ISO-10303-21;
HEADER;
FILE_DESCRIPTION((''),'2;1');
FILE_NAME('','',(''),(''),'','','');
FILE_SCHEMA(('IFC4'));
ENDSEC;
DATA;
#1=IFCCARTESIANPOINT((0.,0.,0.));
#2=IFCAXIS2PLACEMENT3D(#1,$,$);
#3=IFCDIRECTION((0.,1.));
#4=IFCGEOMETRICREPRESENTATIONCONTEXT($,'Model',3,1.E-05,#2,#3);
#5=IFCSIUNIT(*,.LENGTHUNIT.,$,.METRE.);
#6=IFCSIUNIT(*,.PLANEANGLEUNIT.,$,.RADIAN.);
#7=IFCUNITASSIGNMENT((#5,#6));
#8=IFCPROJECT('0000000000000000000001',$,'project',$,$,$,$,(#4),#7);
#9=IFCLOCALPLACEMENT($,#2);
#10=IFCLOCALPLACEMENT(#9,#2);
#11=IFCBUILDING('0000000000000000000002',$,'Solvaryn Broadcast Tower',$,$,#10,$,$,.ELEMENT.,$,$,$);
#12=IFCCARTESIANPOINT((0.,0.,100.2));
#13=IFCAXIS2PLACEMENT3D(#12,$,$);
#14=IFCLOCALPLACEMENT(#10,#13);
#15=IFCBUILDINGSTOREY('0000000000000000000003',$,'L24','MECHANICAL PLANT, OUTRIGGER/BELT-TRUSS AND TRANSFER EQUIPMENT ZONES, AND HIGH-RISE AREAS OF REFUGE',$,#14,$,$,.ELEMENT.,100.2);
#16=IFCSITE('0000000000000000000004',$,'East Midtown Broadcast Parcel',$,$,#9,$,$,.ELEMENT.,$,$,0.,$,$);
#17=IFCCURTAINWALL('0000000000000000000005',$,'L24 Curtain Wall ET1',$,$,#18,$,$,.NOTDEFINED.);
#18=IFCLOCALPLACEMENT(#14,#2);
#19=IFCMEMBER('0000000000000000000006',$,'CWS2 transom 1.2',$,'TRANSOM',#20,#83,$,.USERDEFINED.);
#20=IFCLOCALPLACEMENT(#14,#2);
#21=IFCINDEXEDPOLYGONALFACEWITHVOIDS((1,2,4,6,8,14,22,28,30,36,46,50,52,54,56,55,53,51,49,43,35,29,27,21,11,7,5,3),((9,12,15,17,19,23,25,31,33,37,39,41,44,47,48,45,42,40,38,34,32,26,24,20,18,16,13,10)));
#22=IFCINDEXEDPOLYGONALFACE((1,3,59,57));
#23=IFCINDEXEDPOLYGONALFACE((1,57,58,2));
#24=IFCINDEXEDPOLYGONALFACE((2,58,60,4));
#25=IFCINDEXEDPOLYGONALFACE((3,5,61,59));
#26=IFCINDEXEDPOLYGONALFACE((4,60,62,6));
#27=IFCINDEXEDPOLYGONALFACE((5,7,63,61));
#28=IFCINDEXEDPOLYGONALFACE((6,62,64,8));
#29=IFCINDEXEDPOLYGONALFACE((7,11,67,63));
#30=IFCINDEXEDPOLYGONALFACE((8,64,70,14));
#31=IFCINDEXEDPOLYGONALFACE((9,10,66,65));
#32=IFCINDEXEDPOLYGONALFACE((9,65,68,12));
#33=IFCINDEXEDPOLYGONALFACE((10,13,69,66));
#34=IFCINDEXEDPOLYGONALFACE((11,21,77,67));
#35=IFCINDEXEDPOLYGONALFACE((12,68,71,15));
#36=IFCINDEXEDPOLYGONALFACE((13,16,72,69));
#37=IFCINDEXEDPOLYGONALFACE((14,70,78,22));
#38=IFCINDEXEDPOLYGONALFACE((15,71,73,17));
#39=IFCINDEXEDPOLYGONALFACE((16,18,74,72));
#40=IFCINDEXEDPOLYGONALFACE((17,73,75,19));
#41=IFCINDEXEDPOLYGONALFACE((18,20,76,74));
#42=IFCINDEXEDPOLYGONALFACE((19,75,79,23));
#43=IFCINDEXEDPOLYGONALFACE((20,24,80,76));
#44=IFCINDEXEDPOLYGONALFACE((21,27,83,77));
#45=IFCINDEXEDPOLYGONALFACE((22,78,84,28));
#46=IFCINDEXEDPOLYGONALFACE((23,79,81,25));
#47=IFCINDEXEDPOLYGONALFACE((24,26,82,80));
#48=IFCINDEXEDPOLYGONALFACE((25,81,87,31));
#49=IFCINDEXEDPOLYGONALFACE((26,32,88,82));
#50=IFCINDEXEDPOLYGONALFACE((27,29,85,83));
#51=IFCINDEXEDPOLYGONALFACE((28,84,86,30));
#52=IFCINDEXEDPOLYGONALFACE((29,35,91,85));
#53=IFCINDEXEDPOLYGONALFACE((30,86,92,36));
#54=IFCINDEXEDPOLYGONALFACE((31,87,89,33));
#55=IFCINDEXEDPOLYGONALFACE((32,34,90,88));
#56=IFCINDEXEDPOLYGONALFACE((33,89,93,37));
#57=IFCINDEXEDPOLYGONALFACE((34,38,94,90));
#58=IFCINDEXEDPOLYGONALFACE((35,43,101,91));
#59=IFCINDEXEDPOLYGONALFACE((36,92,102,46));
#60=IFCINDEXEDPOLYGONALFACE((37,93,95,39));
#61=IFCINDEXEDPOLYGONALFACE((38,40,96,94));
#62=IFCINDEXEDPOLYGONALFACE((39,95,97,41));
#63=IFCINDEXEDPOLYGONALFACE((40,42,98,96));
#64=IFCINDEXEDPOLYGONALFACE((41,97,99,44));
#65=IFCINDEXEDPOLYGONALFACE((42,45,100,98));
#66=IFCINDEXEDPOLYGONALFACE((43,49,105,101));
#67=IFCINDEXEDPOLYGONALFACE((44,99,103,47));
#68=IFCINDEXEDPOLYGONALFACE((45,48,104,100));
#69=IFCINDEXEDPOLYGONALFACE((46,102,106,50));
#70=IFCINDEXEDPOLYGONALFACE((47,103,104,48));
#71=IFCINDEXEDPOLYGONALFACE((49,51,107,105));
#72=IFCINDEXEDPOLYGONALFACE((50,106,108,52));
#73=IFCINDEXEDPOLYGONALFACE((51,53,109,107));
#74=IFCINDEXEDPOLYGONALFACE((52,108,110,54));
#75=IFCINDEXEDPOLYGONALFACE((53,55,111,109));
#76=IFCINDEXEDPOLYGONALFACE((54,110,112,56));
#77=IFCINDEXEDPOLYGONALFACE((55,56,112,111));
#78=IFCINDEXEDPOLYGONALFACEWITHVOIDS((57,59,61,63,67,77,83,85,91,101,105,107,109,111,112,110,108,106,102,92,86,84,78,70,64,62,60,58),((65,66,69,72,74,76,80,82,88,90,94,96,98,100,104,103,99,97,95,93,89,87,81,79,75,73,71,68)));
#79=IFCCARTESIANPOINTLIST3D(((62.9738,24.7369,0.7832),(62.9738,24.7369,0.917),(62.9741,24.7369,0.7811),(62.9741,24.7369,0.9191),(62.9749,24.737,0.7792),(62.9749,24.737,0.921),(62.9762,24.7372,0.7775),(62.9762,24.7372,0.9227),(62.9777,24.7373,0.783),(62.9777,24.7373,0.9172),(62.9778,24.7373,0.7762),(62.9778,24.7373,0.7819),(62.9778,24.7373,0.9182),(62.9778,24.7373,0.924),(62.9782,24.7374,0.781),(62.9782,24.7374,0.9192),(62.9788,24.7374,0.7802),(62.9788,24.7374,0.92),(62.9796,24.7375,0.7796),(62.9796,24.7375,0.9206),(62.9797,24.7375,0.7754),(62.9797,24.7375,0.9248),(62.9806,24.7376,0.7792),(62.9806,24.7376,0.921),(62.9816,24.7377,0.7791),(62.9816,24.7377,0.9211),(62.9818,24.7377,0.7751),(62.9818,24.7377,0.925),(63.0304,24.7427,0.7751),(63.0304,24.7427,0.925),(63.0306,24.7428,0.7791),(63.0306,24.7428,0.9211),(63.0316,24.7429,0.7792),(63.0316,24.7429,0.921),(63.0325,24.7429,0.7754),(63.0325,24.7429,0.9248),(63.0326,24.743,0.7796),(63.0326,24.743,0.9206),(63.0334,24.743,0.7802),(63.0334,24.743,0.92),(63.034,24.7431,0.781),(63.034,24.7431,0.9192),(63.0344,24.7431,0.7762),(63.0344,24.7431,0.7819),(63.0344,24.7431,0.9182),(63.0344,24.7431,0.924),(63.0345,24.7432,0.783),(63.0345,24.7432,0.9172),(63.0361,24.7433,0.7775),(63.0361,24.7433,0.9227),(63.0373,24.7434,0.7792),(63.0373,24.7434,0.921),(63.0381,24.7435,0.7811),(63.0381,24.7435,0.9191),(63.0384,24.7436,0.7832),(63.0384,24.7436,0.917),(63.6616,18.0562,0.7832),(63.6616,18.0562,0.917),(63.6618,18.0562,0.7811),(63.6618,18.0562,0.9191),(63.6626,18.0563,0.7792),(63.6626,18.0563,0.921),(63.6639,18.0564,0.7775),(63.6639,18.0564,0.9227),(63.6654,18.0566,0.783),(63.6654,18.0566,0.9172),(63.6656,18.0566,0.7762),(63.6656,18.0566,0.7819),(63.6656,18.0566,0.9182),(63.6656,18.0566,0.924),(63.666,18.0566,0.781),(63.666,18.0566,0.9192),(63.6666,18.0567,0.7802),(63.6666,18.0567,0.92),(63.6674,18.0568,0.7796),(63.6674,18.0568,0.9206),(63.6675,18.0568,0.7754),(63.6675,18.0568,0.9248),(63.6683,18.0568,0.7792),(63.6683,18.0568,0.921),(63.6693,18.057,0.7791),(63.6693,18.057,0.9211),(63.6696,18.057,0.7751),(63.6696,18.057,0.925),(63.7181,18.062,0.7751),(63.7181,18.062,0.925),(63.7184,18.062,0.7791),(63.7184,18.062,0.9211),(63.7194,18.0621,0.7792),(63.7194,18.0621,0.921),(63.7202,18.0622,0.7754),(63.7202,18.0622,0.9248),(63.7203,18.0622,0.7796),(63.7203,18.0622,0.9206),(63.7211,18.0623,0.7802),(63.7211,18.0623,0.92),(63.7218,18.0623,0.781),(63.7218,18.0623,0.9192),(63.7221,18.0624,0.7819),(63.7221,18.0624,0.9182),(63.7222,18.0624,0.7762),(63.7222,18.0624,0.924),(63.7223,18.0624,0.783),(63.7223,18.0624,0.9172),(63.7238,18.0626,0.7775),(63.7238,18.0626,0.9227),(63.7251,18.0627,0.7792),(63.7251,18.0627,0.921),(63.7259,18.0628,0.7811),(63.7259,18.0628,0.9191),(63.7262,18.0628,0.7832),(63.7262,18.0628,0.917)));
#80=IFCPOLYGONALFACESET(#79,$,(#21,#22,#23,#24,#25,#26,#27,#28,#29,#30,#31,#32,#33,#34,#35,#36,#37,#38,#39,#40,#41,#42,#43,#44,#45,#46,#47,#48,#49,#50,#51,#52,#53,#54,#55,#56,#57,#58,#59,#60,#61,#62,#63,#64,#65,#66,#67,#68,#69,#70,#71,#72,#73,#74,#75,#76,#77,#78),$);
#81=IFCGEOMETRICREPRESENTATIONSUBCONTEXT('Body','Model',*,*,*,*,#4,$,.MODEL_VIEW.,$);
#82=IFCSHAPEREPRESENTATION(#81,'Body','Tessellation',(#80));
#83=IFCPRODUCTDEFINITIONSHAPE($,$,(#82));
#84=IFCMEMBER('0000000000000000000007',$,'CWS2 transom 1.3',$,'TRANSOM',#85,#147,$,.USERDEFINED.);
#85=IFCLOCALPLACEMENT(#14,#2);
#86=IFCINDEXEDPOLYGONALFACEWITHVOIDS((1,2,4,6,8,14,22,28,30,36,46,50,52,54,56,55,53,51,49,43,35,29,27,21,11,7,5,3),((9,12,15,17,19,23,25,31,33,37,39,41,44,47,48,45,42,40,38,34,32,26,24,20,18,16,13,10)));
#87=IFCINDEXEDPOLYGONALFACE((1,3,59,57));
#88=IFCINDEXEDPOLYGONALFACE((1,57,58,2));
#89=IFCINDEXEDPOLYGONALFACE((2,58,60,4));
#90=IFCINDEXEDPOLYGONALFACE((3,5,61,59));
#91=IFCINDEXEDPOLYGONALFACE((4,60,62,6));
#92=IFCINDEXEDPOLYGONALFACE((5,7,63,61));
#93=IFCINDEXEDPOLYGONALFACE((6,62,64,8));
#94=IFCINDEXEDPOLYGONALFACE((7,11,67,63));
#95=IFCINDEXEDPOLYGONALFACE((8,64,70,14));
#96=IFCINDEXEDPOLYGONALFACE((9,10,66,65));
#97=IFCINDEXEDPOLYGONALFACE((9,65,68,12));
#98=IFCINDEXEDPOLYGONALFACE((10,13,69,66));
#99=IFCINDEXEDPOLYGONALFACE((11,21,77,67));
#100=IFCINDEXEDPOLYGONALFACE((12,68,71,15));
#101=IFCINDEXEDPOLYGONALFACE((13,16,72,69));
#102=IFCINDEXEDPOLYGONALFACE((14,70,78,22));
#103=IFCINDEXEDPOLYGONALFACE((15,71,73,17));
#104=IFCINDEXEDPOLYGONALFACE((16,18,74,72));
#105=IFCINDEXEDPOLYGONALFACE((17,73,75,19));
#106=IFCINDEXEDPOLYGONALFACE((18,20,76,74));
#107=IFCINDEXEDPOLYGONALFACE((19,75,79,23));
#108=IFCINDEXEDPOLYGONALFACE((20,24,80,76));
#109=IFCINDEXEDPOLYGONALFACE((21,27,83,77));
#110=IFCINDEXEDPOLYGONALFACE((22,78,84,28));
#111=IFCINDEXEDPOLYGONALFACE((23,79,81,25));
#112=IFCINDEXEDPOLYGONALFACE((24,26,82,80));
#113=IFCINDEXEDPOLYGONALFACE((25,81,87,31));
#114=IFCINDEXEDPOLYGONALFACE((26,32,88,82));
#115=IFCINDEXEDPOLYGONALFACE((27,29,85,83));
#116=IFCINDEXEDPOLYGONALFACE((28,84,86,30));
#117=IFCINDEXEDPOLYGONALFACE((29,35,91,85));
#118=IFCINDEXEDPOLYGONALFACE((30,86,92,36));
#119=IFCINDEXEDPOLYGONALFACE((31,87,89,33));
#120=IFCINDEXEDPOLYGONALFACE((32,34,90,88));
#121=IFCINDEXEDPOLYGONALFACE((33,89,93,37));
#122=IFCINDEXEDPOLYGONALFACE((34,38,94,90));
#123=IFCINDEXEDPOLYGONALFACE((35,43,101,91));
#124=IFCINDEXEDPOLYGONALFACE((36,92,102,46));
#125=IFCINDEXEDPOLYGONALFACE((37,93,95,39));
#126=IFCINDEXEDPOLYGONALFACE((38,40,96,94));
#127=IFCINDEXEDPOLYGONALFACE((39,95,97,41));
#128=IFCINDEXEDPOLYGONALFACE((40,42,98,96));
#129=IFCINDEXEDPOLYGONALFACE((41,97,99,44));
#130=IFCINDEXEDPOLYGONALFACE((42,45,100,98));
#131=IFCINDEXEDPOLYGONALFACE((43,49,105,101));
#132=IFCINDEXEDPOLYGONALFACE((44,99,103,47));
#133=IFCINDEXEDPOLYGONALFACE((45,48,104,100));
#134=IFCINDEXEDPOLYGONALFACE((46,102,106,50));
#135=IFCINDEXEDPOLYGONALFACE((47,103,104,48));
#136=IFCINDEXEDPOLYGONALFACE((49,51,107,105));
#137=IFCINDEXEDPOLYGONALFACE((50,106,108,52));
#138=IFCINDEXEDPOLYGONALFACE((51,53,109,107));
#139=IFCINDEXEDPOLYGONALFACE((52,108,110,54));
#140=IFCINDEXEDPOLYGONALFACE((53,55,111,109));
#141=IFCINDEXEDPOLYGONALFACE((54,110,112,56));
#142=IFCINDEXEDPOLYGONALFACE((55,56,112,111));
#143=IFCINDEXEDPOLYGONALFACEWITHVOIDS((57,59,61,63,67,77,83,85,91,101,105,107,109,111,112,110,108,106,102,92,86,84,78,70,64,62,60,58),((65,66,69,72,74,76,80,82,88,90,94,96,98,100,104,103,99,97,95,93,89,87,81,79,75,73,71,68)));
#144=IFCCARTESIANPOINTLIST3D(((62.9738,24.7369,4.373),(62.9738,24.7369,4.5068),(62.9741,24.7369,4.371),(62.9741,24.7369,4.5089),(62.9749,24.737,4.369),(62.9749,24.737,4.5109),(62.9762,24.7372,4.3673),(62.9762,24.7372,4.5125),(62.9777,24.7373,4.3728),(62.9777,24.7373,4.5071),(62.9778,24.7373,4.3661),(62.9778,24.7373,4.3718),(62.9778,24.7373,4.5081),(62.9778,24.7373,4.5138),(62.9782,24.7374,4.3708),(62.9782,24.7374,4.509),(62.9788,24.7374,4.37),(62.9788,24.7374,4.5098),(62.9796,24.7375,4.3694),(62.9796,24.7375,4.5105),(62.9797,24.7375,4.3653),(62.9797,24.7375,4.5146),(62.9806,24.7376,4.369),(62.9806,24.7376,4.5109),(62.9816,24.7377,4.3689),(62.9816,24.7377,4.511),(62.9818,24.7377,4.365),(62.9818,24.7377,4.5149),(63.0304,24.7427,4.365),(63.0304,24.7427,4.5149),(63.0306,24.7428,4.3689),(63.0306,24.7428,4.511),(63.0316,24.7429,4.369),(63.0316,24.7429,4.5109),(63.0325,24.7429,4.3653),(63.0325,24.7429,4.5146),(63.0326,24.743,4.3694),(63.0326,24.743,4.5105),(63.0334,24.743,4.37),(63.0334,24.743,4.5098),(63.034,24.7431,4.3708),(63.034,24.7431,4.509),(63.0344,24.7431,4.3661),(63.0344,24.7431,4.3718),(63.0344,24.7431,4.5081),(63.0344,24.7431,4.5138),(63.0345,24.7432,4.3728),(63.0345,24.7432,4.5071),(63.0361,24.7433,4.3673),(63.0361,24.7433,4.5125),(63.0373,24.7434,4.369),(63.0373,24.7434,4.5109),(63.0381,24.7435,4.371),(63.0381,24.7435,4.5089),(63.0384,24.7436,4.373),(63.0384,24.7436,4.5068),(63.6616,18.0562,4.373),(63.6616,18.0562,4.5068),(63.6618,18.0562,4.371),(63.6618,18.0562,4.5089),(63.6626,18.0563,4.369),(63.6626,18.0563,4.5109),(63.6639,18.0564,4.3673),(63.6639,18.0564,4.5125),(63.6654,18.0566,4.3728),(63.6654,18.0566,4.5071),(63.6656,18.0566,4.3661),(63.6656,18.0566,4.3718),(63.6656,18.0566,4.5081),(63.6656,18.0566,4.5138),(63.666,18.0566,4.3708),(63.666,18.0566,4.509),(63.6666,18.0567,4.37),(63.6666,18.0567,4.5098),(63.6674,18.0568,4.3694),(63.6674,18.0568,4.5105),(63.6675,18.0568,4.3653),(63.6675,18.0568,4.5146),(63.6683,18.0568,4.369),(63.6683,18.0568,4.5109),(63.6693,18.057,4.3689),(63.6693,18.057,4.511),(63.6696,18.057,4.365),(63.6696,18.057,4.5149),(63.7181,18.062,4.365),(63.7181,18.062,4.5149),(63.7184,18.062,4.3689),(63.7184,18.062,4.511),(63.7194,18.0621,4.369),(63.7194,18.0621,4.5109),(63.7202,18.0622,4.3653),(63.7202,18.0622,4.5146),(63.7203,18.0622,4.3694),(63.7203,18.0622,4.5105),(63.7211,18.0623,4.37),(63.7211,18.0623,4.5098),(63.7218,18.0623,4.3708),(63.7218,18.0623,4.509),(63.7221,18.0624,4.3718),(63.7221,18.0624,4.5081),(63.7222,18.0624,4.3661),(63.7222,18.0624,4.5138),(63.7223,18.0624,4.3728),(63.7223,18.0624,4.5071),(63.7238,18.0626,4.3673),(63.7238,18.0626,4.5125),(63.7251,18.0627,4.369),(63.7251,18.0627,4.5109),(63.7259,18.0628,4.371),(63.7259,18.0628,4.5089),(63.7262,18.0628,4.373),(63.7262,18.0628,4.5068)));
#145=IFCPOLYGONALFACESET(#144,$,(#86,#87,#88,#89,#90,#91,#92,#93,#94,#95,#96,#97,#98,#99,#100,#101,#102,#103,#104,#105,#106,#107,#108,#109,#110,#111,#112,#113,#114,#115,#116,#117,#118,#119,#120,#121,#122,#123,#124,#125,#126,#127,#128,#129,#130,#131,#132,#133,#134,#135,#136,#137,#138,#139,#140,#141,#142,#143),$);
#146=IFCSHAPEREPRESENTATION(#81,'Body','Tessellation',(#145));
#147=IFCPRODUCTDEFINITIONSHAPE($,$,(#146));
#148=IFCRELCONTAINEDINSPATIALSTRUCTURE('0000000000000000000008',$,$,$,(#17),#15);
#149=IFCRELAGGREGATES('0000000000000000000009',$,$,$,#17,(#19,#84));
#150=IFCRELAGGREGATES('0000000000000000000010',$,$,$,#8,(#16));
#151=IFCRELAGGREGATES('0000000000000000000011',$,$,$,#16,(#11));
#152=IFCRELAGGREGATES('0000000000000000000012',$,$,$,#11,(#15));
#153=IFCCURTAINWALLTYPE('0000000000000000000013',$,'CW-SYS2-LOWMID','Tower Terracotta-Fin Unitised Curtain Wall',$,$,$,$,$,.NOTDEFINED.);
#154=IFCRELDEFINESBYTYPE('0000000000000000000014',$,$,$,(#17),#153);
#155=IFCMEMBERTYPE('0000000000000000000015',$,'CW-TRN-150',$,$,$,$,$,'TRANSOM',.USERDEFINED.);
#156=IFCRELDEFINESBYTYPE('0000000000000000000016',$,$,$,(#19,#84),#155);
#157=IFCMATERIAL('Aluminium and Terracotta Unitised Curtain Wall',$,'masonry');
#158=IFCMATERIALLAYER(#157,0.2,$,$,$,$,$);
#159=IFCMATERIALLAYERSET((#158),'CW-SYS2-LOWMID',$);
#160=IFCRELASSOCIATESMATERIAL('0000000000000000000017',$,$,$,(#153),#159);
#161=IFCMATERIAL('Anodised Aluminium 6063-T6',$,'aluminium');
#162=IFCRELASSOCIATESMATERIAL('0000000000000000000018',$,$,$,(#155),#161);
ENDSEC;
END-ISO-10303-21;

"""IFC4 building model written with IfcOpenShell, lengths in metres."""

from ifc_helpers import new_model, si_unit, direction, frame, origin, origin_2d, place, context, subcontext, project, spatial, hollow_rectangle, extrude, material, layer, layer_set, material_profile, profile_set, type_object, element, aggregate, save


model = new_model("IFC4")

# Units and contexts
model_context = context("Model", 3, precision=1e-05, world=origin(), true_north=direction((0.0, 1.0)))
body_context = subcontext(model_context, "Body", "Model", "MODEL_VIEW")
ifc_project = project(units=[si_unit("LENGTHUNIT", "METRE"), si_unit("PLANEANGLEUNIT", "RADIAN")], contexts=[model_context])

# Site, building, storey
site_placement = place(None, origin())
site = spatial("IfcSite", under=ifc_project, at=site_placement, Name="East Midtown Broadcast Parcel", CompositionType="ELEMENT", RefElevation=0.0)
building_placement = place(site_placement, origin())
building = spatial("IfcBuilding", under=site, at=building_placement, Name="Solvaryn Broadcast Tower", CompositionType="ELEMENT")
storey_placement = place(building_placement, frame((0.0, 0.0, 100.2)))
storey = spatial("IfcBuildingStorey", under=building, at=storey_placement, Name="L24", Description="MECHANICAL PLANT, OUTRIGGER/BELT-TRUSS AND TRANSFER EQUIPMENT ZONES, AND HIGH-RISE AREAS OF REFUGE", CompositionType="ELEMENT", Elevation=100.2)

# Curtain wall
ifc_material_1 = material(Name="Aluminium and Terracotta Unitised Curtain Wall", Category="masonry")
ifc_layer_1 = layer(ifc_material_1, 0.2)
ifc_layer_set_1 = layer_set([ifc_layer_1], Name="CW-SYS2-LOWMID")
curtain_wall_type = type_object("IfcCurtainWallType", Name="CW-SYS2-LOWMID", Description="Tower Terracotta-Fin Unitised Curtain Wall", PredefinedType="NOTDEFINED", material=ifc_layer_set_1)
curtain_wall_1_placement = place(storey_placement, origin())
curtain_wall_1 = element("IfcCurtainWall", 1, at=curtain_wall_1_placement, inside=storey, type_object=curtain_wall_type, Name="L24 Curtain Wall ET1", PredefinedType="NOTDEFINED")

# Members
ifc_material_2 = material(Name="Anodised Aluminium 6063-T6", Category="aluminium")
ifc_material_profile_1 = material_profile(ifc_material_2, hollow_rectangle(XDim=0.0649, YDim=0.1499, WallThickness=0.0039, InnerFilletRadius=0.0039, OuterFilletRadius=0.0081, at=origin_2d()))
ifc_profile_set_1 = profile_set([ifc_material_profile_1], Name="Anodised Aluminium 6063-T6")
member_type_1 = type_object("IfcMemberType", Name="CW-TRN-150", ElementType="TRANSOM", PredefinedType="USERDEFINED", material=ifc_profile_set_1)
member_1_placement = place(storey_placement, frame((63.0061, 24.7402, 0.8501), z_axis=(0.102404, -0.994743, 0.0), x_axis=(0.994743, 0.102404, 0.0)))
member_1 = element("IfcMember", 2, at=member_1_placement, type_object=member_type_1, Name="CWS2 transom 1.2", ObjectType="TRANSOM", PredefinedType="USERDEFINED", context=body_context, shape_type="SweptSolid", body=[
    extrude(hollow_rectangle(XDim=0.0649, YDim=0.1499, WallThickness=0.0039, InnerFilletRadius=0.0039, OuterFilletRadius=0.0081, at=origin_2d()), origin(), (0.0, 0.0, 1.0), 6.7161),
])
member_2_placement = place(storey_placement, frame((63.0061, 24.7402, 4.4399), z_axis=(0.102404, -0.994743, 0.0), x_axis=(0.994743, 0.102404, 0.0)))
member_2 = element("IfcMember", 3, at=member_2_placement, type_object=member_type_1, Name="CWS2 transom 1.3", ObjectType="TRANSOM", PredefinedType="USERDEFINED", context=body_context, shape_type="SweptSolid", body=[
    extrude(hollow_rectangle(XDim=0.0649, YDim=0.1499, WallThickness=0.0039, InnerFilletRadius=0.0039, OuterFilletRadius=0.0081, at=origin_2d()), origin(), (0.0, 0.0, 1.0), 6.7161),
])

aggregate(curtain_wall_1, [member_1, member_2])

save(model, "model.ifc")
